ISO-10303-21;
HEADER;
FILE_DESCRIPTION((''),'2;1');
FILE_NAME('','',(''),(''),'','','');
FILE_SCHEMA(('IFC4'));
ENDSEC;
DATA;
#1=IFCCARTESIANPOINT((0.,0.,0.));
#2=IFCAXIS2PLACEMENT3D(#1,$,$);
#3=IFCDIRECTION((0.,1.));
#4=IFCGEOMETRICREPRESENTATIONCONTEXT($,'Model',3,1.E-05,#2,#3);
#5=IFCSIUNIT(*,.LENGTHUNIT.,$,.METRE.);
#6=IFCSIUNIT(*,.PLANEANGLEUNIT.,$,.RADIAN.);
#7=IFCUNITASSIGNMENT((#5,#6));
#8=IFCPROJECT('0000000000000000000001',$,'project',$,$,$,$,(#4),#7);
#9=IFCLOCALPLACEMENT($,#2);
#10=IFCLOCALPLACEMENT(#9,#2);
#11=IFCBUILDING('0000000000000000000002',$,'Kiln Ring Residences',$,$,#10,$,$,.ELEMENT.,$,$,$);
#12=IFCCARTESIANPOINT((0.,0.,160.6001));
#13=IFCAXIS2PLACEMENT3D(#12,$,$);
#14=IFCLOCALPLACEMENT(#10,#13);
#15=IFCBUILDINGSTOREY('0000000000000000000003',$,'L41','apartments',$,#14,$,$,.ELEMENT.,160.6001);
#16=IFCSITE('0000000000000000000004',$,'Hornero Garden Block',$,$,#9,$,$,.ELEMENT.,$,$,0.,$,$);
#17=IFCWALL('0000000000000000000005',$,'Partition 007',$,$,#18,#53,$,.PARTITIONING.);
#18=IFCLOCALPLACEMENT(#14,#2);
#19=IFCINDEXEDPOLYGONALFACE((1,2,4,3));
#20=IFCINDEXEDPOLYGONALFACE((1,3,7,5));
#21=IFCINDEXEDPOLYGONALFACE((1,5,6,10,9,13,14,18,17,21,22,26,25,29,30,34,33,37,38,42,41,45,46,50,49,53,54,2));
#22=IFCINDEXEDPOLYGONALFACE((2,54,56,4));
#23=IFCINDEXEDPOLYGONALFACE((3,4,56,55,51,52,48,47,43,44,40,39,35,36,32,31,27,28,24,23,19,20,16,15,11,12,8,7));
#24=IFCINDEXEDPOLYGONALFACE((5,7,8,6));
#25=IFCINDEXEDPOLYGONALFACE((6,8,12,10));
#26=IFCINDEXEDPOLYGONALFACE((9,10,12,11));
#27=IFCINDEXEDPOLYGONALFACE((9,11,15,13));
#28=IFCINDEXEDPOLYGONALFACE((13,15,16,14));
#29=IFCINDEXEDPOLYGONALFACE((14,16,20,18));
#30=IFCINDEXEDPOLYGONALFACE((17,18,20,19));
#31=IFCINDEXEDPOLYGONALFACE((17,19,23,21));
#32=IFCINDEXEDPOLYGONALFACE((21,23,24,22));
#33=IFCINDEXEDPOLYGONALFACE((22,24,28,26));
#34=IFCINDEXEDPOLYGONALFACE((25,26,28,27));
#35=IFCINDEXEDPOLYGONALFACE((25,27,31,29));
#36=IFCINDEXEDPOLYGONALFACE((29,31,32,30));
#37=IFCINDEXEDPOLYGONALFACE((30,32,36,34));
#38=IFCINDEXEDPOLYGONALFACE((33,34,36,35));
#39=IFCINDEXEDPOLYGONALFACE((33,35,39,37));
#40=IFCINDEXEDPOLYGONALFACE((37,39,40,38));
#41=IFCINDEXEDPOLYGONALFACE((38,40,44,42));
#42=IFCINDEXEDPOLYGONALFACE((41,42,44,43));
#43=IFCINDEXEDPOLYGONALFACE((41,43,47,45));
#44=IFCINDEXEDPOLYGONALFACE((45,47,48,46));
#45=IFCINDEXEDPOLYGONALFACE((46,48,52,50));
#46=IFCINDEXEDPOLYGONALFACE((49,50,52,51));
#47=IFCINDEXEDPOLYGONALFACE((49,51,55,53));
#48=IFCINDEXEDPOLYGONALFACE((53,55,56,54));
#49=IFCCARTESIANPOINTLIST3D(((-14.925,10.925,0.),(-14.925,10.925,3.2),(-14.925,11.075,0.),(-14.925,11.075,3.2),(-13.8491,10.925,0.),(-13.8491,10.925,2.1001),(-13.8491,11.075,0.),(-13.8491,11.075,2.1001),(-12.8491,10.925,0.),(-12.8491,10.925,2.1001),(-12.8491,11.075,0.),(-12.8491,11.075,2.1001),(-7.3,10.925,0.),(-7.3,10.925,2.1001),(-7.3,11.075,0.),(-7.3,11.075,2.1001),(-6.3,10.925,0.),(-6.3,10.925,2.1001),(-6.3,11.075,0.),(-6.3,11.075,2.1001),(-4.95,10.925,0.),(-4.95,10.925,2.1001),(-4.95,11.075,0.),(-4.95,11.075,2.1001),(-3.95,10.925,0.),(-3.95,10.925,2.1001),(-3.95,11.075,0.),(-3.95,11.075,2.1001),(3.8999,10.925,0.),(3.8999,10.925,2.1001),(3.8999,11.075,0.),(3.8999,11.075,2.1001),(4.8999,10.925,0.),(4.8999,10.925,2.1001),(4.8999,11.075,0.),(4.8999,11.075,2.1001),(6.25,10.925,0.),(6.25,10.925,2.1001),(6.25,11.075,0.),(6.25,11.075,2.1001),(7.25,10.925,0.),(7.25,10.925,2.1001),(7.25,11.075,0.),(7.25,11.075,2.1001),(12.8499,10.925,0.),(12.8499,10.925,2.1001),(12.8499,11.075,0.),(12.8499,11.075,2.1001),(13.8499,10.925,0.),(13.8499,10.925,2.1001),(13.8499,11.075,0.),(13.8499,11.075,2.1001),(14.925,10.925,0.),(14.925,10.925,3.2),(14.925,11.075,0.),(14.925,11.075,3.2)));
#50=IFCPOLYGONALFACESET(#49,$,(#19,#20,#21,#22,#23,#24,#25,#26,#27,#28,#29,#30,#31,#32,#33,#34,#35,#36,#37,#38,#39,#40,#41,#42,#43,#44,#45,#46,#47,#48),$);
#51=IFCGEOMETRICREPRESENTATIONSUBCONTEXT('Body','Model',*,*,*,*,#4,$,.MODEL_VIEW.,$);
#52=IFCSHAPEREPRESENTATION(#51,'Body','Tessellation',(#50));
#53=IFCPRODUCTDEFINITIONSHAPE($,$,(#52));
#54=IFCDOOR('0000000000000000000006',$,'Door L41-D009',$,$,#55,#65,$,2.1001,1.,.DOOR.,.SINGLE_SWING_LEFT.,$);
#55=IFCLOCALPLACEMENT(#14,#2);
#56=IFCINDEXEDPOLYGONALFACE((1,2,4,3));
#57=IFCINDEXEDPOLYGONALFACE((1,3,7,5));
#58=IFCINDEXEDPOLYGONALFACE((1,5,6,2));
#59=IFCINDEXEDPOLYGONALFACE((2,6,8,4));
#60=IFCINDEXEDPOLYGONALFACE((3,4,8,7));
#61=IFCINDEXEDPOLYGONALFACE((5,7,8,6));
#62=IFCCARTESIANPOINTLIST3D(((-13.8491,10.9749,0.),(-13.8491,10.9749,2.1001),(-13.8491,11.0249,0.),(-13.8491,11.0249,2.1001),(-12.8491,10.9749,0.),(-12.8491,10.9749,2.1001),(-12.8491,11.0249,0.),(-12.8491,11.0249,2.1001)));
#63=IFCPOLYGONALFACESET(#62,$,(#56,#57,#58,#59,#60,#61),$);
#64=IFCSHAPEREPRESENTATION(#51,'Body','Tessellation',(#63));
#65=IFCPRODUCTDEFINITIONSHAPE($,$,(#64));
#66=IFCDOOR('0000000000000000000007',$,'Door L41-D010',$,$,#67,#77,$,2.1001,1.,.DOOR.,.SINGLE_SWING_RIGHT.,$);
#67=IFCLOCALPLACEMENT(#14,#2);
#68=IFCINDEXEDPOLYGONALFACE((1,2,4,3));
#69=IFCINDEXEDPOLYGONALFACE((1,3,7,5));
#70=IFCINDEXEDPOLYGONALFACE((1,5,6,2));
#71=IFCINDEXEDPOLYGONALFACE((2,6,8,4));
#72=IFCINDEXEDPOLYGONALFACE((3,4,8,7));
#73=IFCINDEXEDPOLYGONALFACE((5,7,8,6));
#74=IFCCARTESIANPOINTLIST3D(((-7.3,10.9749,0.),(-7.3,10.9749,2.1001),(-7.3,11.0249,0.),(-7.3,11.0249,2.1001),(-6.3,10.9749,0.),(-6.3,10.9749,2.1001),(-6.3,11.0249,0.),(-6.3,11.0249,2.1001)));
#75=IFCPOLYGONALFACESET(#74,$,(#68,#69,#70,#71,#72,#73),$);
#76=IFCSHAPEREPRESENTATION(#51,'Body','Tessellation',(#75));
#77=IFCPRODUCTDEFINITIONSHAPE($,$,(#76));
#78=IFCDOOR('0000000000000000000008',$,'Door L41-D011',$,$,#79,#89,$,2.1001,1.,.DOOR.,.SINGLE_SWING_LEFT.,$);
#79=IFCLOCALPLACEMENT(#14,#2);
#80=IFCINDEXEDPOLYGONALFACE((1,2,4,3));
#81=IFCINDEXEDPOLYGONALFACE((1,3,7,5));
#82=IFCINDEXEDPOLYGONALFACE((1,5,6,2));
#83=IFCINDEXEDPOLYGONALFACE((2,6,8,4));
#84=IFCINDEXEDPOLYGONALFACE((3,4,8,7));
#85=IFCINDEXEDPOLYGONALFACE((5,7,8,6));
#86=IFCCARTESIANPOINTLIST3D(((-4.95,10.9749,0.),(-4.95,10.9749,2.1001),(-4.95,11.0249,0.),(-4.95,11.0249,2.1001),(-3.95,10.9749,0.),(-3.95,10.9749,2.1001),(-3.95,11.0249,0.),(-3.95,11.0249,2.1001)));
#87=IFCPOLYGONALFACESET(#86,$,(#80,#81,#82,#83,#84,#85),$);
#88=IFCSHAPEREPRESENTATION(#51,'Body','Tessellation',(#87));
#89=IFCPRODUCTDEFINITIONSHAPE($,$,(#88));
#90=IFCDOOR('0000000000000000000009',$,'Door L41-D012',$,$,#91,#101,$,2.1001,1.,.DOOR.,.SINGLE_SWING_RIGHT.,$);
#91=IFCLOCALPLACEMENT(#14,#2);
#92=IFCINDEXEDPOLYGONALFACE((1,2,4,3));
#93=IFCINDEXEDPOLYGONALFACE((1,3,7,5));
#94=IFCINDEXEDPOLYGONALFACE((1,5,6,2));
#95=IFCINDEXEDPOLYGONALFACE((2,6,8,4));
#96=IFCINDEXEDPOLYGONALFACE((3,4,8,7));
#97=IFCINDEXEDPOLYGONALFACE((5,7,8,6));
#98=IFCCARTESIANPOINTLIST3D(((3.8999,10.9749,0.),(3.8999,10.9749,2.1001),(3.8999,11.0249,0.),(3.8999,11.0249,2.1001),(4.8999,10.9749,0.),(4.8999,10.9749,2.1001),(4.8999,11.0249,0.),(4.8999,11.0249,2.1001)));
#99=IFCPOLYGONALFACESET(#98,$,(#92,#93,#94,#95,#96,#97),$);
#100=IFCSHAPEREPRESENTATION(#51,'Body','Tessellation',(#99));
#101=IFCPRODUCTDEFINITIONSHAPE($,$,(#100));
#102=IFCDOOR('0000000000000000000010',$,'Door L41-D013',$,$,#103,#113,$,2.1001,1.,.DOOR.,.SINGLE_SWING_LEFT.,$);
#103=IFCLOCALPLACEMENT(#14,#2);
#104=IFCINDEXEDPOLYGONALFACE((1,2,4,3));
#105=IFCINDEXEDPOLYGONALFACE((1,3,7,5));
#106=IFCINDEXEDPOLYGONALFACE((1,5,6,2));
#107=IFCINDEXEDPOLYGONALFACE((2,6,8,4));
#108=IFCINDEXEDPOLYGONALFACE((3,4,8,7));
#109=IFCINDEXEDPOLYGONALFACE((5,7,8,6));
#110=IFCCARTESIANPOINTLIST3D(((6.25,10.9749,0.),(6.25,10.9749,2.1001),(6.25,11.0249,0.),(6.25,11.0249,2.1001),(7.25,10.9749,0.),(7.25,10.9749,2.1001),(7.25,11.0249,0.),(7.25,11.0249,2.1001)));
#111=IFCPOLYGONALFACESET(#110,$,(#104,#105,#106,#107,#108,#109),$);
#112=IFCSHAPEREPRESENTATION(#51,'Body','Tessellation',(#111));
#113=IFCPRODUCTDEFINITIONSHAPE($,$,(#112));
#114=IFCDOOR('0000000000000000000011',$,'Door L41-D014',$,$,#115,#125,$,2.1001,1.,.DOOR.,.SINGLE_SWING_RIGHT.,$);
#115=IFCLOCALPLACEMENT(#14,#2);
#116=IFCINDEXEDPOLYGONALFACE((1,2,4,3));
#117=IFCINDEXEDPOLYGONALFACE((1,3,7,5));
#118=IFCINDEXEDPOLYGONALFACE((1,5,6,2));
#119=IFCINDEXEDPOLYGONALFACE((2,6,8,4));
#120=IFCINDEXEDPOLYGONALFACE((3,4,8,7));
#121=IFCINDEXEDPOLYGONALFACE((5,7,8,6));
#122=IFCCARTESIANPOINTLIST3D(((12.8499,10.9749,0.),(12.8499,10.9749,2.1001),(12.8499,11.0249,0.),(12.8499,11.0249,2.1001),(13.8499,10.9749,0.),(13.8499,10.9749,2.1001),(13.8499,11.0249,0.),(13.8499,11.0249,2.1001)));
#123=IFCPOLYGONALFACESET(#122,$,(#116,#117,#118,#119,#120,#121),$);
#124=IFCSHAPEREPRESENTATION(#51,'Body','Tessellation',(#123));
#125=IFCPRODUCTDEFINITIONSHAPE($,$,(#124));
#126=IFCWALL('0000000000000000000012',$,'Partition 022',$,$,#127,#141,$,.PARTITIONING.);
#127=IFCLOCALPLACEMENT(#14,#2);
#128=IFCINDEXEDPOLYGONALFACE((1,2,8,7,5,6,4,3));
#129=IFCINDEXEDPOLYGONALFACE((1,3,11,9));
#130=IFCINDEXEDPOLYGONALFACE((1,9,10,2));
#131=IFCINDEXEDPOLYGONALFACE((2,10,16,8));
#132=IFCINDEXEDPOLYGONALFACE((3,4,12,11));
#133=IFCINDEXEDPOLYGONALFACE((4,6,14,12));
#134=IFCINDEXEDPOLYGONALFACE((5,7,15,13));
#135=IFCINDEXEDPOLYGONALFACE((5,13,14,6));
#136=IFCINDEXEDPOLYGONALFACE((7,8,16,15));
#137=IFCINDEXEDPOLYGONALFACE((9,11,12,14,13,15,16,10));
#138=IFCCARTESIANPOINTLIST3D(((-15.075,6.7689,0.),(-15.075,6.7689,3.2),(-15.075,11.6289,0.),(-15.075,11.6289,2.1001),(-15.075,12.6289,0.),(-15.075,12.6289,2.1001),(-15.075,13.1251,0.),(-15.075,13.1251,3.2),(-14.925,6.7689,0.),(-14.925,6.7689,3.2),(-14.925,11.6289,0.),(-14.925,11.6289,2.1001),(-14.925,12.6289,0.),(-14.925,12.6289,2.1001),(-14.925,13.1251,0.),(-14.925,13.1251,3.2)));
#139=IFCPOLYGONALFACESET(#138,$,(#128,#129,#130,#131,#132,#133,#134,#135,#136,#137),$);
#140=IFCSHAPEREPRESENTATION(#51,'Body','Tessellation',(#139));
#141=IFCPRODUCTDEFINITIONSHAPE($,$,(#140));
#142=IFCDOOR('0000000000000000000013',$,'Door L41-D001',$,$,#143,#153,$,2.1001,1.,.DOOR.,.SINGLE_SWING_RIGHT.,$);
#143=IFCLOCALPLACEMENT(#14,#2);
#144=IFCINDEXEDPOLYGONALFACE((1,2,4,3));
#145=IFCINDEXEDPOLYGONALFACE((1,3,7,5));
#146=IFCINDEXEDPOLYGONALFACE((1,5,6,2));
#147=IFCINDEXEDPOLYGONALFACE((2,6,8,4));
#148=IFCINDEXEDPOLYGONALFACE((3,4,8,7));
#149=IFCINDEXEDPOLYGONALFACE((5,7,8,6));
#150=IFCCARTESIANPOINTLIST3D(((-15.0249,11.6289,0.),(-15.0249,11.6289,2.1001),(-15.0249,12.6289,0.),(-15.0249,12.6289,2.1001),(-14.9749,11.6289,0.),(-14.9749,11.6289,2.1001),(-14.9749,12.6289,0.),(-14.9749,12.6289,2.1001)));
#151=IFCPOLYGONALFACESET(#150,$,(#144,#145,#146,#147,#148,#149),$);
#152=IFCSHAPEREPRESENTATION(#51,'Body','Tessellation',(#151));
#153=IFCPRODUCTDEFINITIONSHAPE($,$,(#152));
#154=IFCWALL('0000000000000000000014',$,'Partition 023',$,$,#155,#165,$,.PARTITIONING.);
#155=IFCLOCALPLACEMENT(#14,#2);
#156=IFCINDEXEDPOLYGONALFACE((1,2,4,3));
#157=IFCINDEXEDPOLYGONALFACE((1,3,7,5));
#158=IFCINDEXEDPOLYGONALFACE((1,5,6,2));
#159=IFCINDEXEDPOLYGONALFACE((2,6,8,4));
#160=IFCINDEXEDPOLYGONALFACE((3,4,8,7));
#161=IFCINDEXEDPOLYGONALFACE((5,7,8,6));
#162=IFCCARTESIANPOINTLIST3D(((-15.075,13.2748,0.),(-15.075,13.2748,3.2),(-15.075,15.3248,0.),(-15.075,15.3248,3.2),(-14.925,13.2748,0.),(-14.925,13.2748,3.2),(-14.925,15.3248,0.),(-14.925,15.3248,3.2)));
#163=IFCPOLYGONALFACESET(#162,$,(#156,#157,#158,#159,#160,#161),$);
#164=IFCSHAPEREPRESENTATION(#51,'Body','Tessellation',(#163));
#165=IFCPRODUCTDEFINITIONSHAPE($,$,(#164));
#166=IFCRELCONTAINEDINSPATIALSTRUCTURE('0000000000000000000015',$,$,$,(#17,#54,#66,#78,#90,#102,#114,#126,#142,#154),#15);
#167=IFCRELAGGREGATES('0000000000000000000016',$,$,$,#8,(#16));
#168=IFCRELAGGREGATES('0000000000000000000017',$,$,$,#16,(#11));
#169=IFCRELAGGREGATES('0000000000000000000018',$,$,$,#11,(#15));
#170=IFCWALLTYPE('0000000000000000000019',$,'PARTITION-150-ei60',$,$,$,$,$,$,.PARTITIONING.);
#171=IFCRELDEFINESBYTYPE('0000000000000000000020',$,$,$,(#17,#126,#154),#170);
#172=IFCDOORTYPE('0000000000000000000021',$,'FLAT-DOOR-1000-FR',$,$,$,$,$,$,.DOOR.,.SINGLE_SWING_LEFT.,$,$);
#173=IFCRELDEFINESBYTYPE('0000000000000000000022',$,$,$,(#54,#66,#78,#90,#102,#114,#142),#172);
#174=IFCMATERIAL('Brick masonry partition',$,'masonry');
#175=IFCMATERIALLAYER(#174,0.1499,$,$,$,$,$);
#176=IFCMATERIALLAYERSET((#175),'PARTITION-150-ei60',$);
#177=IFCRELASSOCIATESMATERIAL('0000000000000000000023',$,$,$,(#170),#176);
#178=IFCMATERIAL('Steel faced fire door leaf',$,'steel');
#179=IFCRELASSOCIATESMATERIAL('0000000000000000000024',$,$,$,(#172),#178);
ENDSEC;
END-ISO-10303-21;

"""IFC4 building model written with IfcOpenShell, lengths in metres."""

from ifc_helpers import new_model, si_unit, direction, frame, frame_2d, origin, place, context, subcontext, project, spatial, rectangle, extrude, material, layer, layer_set, type_object, element, fill, save


model = new_model("IFC4")

# Units and contexts
model_context = context("Model", 3, precision=1e-05, world=origin(), true_north=direction((0.0, 1.0)))
body_context = subcontext(model_context, "Body", "Model", "MODEL_VIEW")
ifc_project = project(units=[si_unit("LENGTHUNIT", "METRE"), si_unit("PLANEANGLEUNIT", "RADIAN")], contexts=[model_context])

# Site, building, storey
site_placement = place(None, origin())
site = spatial("IfcSite", under=ifc_project, at=site_placement, Name="Hornero Garden Block", CompositionType="ELEMENT", RefElevation=0.0)
building_placement = place(site_placement, origin())
building = spatial("IfcBuilding", under=site, at=building_placement, Name="Kiln Ring Residences", CompositionType="ELEMENT")
storey_placement = place(building_placement, frame((0.0, 0.0, 160.6001)))
storey = spatial("IfcBuildingStorey", under=building, at=storey_placement, Name="L41", Description="apartments", CompositionType="ELEMENT", Elevation=160.6001)

# Wall, openings, doors
ifc_material_1 = material(Name="Brick masonry partition", Category="masonry")
ifc_layer_1 = layer(ifc_material_1, 0.1499)
ifc_layer_set_1 = layer_set([ifc_layer_1], Name="PARTITION-150-ei60")
wall_type_1 = type_object("IfcWallType", Name="PARTITION-150-ei60", PredefinedType="PARTITIONING", material=ifc_layer_set_1)
wall_1_placement = place(storey_placement, frame((-14.925, 11.0, 0.0), z_axis=(0.0, 0.0, 1.0), x_axis=(1.0, 0.0, 0.0)))
wall_1 = element("IfcWall", 1, at=wall_1_placement, inside=storey, type_object=wall_type_1, Name="Partition 007", PredefinedType="PARTITIONING", context=body_context, shape_type="SweptSolid", body=[
    extrude(rectangle(XDim=29.8501, YDim=0.1499, at=frame_2d((14.925, 0.0))), origin(), (0.0, 0.0, 1.0), 3.2),
])
opening_1_placement = place(wall_1_placement, frame((1.0759, 0.0, 0.0)))
opening_1 = element("IfcOpeningElement", 2, at=opening_1_placement, cuts=wall_1, PredefinedType="OPENING", context=body_context, shape_type="SweptSolid", body=[
    extrude(rectangle(XDim=1.0, YDim=2.1001, at=frame_2d((0.5, 1.05))), frame((0.0, 0.085, 0.0), z_axis=(0.0, -1.0, 0.0), x_axis=(1.0, 0.0, 0.0)), (0.0, 0.0, 1.0), 0.1699),
])
opening_2_placement = place(wall_1_placement, frame((7.625, 0.0, 0.0)))
opening_2 = element("IfcOpeningElement", 3, at=opening_2_placement, cuts=wall_1, PredefinedType="OPENING", context=body_context, shape_type="SweptSolid", body=[
    extrude(rectangle(XDim=1.0, YDim=2.1001, at=frame_2d((0.5, 1.05))), frame((0.0, 0.085, 0.0), z_axis=(0.0, -1.0, 0.0), x_axis=(1.0, 0.0, 0.0)), (0.0, 0.0, 1.0), 0.1699),
])
opening_3_placement = place(wall_1_placement, frame((9.9751, 0.0, 0.0)))
opening_3 = element("IfcOpeningElement", 4, at=opening_3_placement, cuts=wall_1, PredefinedType="OPENING", context=body_context, shape_type="SweptSolid", body=[
    extrude(rectangle(XDim=1.0, YDim=2.1001, at=frame_2d((0.5, 1.05))), frame((0.0, 0.085, 0.0), z_axis=(0.0, -1.0, 0.0), x_axis=(1.0, 0.0, 0.0)), (0.0, 0.0, 1.0), 0.1699),
])
opening_4_placement = place(wall_1_placement, frame((18.825, 0.0, 0.0)))
opening_4 = element("IfcOpeningElement", 5, at=opening_4_placement, cuts=wall_1, PredefinedType="OPENING", context=body_context, shape_type="SweptSolid", body=[
    extrude(rectangle(XDim=1.0, YDim=2.1001, at=frame_2d((0.5, 1.05))), frame((0.0, 0.085, 0.0), z_axis=(0.0, -1.0, 0.0), x_axis=(1.0, 0.0, 0.0)), (0.0, 0.0, 1.0), 0.1699),
])
opening_5_placement = place(wall_1_placement, frame((21.175, 0.0, 0.0)))
opening_5 = element("IfcOpeningElement", 6, at=opening_5_placement, cuts=wall_1, PredefinedType="OPENING", context=body_context, shape_type="SweptSolid", body=[
    extrude(rectangle(XDim=1.0, YDim=2.1001, at=frame_2d((0.5, 1.05))), frame((0.0, 0.085, 0.0), z_axis=(0.0, -1.0, 0.0), x_axis=(1.0, 0.0, 0.0)), (0.0, 0.0, 1.0), 0.1699),
])
opening_6_placement = place(wall_1_placement, frame((27.7749, 0.0, 0.0)))
opening_6 = element("IfcOpeningElement", 7, at=opening_6_placement, cuts=wall_1, PredefinedType="OPENING", context=body_context, shape_type="SweptSolid", body=[
    extrude(rectangle(XDim=1.0, YDim=2.1001, at=frame_2d((0.5, 1.05))), frame((0.0, 0.085, 0.0), z_axis=(0.0, -1.0, 0.0), x_axis=(1.0, 0.0, 0.0)), (0.0, 0.0, 1.0), 0.1699),
])
ifc_material_2 = material(Name="Steel faced fire door leaf", Category="steel")
door_type_1 = type_object("IfcDoorType", Name="FLAT-DOOR-1000-FR", OperationType="SINGLE_SWING_LEFT", PredefinedType="DOOR", material=ifc_material_2)
door_1_placement = place(opening_1_placement, origin())
door_1 = element("IfcDoor", 8, at=door_1_placement, inside=storey, type_object=door_type_1, Name="Door L41-D009", OperationType="SINGLE_SWING_LEFT", OverallHeight=2.1001, OverallWidth=1.0, PredefinedType="DOOR", context=body_context, shape_type="SweptSolid", body=[
    extrude(rectangle(XDim=1.0, YDim=2.1001, at=frame_2d((0.5, 1.05))), frame((0.0, 0.0249, 0.0), z_axis=(0.0, -1.0, 0.0), x_axis=(1.0, 0.0, 0.0)), (0.0, 0.0, 1.0), 0.05),
])
fill(opening_1, door_1)
door_2_placement = place(opening_2_placement, origin())
door_2 = element("IfcDoor", 9, at=door_2_placement, inside=storey, type_object=door_type_1, Name="Door L41-D010", OperationType="SINGLE_SWING_RIGHT", OverallHeight=2.1001, OverallWidth=1.0, PredefinedType="DOOR", context=body_context, shape_type="SweptSolid", body=[
    extrude(rectangle(XDim=1.0, YDim=2.1001, at=frame_2d((0.5, 1.05))), frame((0.0, 0.0249, 0.0), z_axis=(0.0, -1.0, 0.0), x_axis=(1.0, 0.0, 0.0)), (0.0, 0.0, 1.0), 0.05),
])
fill(opening_2, door_2)
door_3_placement = place(opening_3_placement, origin())
door_3 = element("IfcDoor", 10, at=door_3_placement, inside=storey, type_object=door_type_1, Name="Door L41-D011", OperationType="SINGLE_SWING_LEFT", OverallHeight=2.1001, OverallWidth=1.0, PredefinedType="DOOR", context=body_context, shape_type="SweptSolid", body=[
    extrude(rectangle(XDim=1.0, YDim=2.1001, at=frame_2d((0.5, 1.05))), frame((0.0, 0.0249, 0.0), z_axis=(0.0, -1.0, 0.0), x_axis=(1.0, 0.0, 0.0)), (0.0, 0.0, 1.0), 0.05),
])
fill(opening_3, door_3)
door_4_placement = place(opening_4_placement, origin())
door_4 = element("IfcDoor", 11, at=door_4_placement, inside=storey, type_object=door_type_1, Name="Door L41-D012", OperationType="SINGLE_SWING_RIGHT", OverallHeight=2.1001, OverallWidth=1.0, PredefinedType="DOOR", context=body_context, shape_type="SweptSolid", body=[
    extrude(rectangle(XDim=1.0, YDim=2.1001, at=frame_2d((0.5, 1.05))), frame((0.0, 0.0249, 0.0), z_axis=(0.0, -1.0, 0.0), x_axis=(1.0, 0.0, 0.0)), (0.0, 0.0, 1.0), 0.05),
])
fill(opening_4, door_4)
door_5_placement = place(opening_5_placement, origin())
door_5 = element("IfcDoor", 12, at=door_5_placement, inside=storey, type_object=door_type_1, Name="Door L41-D013", OperationType="SINGLE_SWING_LEFT", OverallHeight=2.1001, OverallWidth=1.0, PredefinedType="DOOR", context=body_context, shape_type="SweptSolid", body=[
    extrude(rectangle(XDim=1.0, YDim=2.1001, at=frame_2d((0.5, 1.05))), frame((0.0, 0.0249, 0.0), z_axis=(0.0, -1.0, 0.0), x_axis=(1.0, 0.0, 0.0)), (0.0, 0.0, 1.0), 0.05),
])
fill(opening_5, door_5)
door_6_placement = place(opening_6_placement, origin())
door_6 = element("IfcDoor", 13, at=door_6_placement, inside=storey, type_object=door_type_1, Name="Door L41-D014", OperationType="SINGLE_SWING_RIGHT", OverallHeight=2.1001, OverallWidth=1.0, PredefinedType="DOOR", context=body_context, shape_type="SweptSolid", body=[
    extrude(rectangle(XDim=1.0, YDim=2.1001, at=frame_2d((0.5, 1.05))), frame((0.0, 0.0249, 0.0), z_axis=(0.0, -1.0, 0.0), x_axis=(1.0, 0.0, 0.0)), (0.0, 0.0, 1.0), 0.05),
])
fill(opening_6, door_6)

# Wall, opening, door
wall_2_placement = place(storey_placement, frame((-15.0, 6.7688, 0.0), z_axis=(0.0, 0.0, 1.0), x_axis=(0.0, 1.0, 0.0)))
wall_2 = element("IfcWall", 14, at=wall_2_placement, inside=storey, type_object=wall_type_1, Name="Partition 022", PredefinedType="PARTITIONING", context=body_context, shape_type="SweptSolid", body=[
    extrude(rectangle(XDim=6.3562, YDim=0.1499, at=frame_2d((3.1782, 0.0))), origin(), (0.0, 0.0, 1.0), 3.2),
])
opening_7_placement = place(wall_2_placement, frame((4.8601, 0.0, 0.0)))
opening_7 = element("IfcOpeningElement", 15, at=opening_7_placement, cuts=wall_2, PredefinedType="OPENING", context=body_context, shape_type="SweptSolid", body=[
    extrude(rectangle(XDim=1.0, YDim=2.1001, at=frame_2d((0.5, 1.05))), frame((0.0, 0.085, 0.0), z_axis=(0.0, -1.0, 0.0), x_axis=(1.0, 0.0, 0.0)), (0.0, 0.0, 1.0), 0.1699),
])
door_7_placement = place(opening_7_placement, origin())
door_7 = element("IfcDoor", 16, at=door_7_placement, inside=storey, type_object=door_type_1, Name="Door L41-D001", OperationType="SINGLE_SWING_RIGHT", OverallHeight=2.1001, OverallWidth=1.0, PredefinedType="DOOR", context=body_context, shape_type="SweptSolid", body=[
    extrude(rectangle(XDim=1.0, YDim=2.1001, at=frame_2d((0.5, 1.05))), frame((0.0, 0.0249, 0.0), z_axis=(0.0, -1.0, 0.0), x_axis=(1.0, 0.0, 0.0)), (0.0, 0.0, 1.0), 0.05),
])
fill(opening_7, door_7)

# Wall
wall_3_placement = place(storey_placement, frame((-15.0, 13.2749, 0.0), z_axis=(0.0, 0.0, 1.0), x_axis=(0.0, 1.0, 0.0)))
element("IfcWall", 17, at=wall_3_placement, inside=storey, type_object=wall_type_1, Name="Partition 023", PredefinedType="PARTITIONING", context=body_context, shape_type="SweptSolid", body=[
    extrude(rectangle(XDim=2.05, YDim=0.1499, at=frame_2d((1.0249, 0.0))), origin(), (0.0, 0.0, 1.0), 3.2),
])

save(model, "model.ifc")
